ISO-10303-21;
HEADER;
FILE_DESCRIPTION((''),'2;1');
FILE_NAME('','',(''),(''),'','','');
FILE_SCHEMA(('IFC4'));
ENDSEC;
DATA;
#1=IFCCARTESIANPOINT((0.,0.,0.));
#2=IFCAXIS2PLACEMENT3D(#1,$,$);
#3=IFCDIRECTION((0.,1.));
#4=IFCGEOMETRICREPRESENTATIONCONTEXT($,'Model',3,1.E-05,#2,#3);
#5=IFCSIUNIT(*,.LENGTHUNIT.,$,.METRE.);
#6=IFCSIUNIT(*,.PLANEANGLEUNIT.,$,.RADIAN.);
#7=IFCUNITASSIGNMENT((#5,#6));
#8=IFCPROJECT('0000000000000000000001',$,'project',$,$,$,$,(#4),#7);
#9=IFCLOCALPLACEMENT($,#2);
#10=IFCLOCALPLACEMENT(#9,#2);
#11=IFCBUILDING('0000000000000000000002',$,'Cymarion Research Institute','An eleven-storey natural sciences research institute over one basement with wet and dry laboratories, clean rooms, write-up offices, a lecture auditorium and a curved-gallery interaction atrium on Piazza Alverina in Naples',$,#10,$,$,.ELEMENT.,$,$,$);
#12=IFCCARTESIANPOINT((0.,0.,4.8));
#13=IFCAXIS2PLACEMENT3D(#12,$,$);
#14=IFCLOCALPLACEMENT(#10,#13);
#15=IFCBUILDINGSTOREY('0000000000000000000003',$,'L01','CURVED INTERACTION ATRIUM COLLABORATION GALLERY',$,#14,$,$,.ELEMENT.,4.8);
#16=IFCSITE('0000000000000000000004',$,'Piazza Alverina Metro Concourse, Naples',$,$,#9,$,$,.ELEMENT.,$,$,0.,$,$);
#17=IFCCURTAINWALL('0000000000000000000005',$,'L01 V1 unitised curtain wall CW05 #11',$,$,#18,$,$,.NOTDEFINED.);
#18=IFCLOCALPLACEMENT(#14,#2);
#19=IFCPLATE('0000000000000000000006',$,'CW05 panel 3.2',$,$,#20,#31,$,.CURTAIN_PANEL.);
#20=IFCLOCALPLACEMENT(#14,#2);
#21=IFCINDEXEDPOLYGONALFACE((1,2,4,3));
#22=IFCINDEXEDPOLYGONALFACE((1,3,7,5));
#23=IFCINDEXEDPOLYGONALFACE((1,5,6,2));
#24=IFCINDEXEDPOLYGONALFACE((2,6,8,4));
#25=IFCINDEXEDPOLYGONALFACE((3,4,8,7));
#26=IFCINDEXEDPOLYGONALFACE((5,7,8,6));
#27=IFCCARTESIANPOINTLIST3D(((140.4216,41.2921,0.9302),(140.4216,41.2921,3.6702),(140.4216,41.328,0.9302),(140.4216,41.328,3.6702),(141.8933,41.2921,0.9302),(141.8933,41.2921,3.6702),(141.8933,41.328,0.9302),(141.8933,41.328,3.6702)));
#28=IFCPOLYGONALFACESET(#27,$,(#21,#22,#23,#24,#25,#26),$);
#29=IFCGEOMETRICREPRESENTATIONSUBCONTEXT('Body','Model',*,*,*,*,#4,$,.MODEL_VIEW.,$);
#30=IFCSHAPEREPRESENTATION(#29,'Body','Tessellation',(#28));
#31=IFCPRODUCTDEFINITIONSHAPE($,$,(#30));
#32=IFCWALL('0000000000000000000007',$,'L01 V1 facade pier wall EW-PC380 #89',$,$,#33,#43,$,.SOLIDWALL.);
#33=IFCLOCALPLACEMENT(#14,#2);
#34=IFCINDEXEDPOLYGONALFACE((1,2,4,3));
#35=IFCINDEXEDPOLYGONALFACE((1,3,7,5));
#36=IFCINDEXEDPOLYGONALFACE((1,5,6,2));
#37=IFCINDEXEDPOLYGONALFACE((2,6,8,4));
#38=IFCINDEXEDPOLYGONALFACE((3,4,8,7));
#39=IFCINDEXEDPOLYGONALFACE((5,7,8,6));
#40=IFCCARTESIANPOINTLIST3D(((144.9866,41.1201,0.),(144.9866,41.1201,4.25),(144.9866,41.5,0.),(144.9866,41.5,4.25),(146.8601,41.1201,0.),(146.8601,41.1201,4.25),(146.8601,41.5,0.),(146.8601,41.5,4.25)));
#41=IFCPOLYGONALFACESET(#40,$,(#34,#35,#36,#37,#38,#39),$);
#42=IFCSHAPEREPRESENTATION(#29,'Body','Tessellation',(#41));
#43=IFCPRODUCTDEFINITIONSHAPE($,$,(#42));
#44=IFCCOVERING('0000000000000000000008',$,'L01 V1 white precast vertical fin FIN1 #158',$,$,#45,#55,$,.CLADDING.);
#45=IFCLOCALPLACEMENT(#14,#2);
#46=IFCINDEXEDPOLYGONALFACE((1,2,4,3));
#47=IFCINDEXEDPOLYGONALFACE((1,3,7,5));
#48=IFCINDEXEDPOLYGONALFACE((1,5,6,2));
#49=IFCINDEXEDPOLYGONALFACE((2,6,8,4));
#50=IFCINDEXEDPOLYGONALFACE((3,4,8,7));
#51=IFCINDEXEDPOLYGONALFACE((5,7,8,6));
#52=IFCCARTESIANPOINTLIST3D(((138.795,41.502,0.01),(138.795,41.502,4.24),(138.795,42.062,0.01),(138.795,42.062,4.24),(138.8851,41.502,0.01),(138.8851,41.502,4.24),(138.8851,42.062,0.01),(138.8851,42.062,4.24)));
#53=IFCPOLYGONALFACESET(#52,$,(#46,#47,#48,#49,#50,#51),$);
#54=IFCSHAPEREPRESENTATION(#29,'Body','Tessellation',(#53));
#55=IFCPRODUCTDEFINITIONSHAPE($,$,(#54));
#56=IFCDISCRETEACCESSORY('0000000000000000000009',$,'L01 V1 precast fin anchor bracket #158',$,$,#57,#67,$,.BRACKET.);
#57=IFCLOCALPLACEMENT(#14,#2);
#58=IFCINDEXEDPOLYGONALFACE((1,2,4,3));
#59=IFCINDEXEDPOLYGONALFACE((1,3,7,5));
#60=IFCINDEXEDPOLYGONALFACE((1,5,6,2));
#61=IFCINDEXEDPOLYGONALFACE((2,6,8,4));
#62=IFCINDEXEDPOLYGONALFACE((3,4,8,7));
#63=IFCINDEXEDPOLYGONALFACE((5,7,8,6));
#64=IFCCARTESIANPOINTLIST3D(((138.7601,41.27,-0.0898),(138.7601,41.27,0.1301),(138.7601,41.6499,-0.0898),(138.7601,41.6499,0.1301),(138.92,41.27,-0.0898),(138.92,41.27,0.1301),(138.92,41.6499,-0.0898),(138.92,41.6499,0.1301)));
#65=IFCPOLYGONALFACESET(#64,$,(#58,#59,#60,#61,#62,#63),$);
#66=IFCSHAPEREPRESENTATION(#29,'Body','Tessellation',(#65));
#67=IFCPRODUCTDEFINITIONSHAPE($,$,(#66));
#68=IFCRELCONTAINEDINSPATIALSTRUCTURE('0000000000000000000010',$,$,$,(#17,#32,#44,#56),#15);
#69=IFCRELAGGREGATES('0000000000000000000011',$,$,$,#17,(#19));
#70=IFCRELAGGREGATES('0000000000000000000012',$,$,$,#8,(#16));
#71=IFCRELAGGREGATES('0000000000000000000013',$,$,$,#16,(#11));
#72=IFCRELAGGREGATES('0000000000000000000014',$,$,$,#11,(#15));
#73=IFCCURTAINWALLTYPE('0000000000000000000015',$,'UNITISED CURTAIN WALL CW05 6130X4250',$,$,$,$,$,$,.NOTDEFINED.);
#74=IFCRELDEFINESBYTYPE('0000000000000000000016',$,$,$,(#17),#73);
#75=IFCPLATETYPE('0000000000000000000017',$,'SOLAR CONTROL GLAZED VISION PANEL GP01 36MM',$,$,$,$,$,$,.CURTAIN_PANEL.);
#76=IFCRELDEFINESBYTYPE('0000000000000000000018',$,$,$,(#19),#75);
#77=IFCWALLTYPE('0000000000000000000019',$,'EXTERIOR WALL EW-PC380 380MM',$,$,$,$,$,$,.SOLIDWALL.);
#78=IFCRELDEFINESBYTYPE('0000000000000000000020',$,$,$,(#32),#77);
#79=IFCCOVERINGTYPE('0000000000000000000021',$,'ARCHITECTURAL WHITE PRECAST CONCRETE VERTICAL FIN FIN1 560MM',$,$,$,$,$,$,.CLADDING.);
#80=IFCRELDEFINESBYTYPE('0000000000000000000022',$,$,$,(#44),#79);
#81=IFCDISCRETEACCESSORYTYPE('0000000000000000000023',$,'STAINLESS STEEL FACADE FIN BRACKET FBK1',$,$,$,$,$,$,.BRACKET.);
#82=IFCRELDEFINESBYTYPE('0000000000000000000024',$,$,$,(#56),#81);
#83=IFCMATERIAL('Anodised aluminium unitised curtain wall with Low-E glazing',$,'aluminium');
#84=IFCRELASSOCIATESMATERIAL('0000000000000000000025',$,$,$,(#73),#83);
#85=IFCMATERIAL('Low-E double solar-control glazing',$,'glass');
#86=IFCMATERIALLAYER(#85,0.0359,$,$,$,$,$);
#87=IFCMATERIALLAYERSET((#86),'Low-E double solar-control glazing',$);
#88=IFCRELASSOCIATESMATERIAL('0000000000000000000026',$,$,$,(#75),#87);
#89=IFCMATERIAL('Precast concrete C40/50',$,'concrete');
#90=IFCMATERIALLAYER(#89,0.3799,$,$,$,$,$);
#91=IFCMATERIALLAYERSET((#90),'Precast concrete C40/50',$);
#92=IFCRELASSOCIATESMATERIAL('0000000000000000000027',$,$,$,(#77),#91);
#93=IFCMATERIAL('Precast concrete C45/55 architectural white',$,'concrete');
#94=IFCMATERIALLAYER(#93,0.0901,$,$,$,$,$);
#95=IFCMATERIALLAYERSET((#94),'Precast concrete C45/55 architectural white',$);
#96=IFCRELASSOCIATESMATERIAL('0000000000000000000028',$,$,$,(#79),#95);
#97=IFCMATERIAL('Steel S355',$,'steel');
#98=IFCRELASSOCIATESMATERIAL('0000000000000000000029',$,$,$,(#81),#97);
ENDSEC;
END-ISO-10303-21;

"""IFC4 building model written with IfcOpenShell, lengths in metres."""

from ifc_helpers import new_model, si_unit, direction, frame, frame_2d, origin, origin_2d, place, context, subcontext, project, spatial, rectangle, extrude, material, layer, layer_set, type_object, element, aggregate, save


model = new_model("IFC4")

# Units and contexts
model_context = context("Model", 3, precision=1e-05, world=origin(), true_north=direction((0.0, 1.0)))
body_context = subcontext(model_context, "Body", "Model", "MODEL_VIEW")
ifc_project = project(units=[si_unit("LENGTHUNIT", "METRE"), si_unit("PLANEANGLEUNIT", "RADIAN")], contexts=[model_context])

# Site, building, storey
site_placement = place(None, origin())
site = spatial("IfcSite", under=ifc_project, at=site_placement, Name="Piazza Alverina Metro Concourse, Naples", CompositionType="ELEMENT", RefElevation=0.0)
building_placement = place(site_placement, origin())
building = spatial("IfcBuilding", under=site, at=building_placement, Name="Cymarion Research Institute", Description="An eleven-storey natural sciences research institute over one basement with wet and dry laboratories, clean rooms, write-up offices, a lecture auditorium and a curved-gallery interaction atrium on Piazza Alverina in Naples", CompositionType="ELEMENT")
storey_placement = place(building_placement, frame((0.0, 0.0, 4.8)))
storey = spatial("IfcBuildingStorey", under=building, at=storey_placement, Name="L01", Description="CURVED INTERACTION ATRIUM COLLABORATION GALLERY", CompositionType="ELEMENT", Elevation=4.8)

# Shared definitions
ifc_material_1 = material(Name="Steel S355", Category="steel")

# Curtain wall
ifc_material_2 = material(Name="Anodised aluminium unitised curtain wall with Low-E glazing", Category="aluminium")
curtain_wall_type = type_object("IfcCurtainWallType", Name="UNITISED CURTAIN WALL CW05 6130X4250", PredefinedType="NOTDEFINED", material=ifc_material_2)
curtain_wall_placement = place(storey_placement, origin())
curtain_wall = element("IfcCurtainWall", 1, at=curtain_wall_placement, inside=storey, type_object=curtain_wall_type, Name="L01 V1 unitised curtain wall CW05 #11", PredefinedType="NOTDEFINED")

# Plate
ifc_material_3 = material(Name="Low-E double solar-control glazing", Category="glass")
ifc_layer_1 = layer(ifc_material_3, 0.0359)
ifc_layer_set_1 = layer_set([ifc_layer_1], Name="Low-E double solar-control glazing")
plate_type_1 = type_object("IfcPlateType", Name="SOLAR CONTROL GLAZED VISION PANEL GP01 36MM", PredefinedType="CURTAIN_PANEL", material=ifc_layer_set_1)
plate_1_placement = place(storey_placement, frame((141.1575, 41.3101, 0.9302), z_axis=(0.0, 0.0, 1.0), x_axis=(-1.0, 0.0, 0.0)))
plate_1 = element("IfcPlate", 2, at=plate_1_placement, type_object=plate_type_1, Name="CW05 panel 3.2", PredefinedType="CURTAIN_PANEL", context=body_context, shape_type="SweptSolid", body=[
    extrude(rectangle(XDim=1.4717, YDim=0.0359, at=origin_2d()), origin(), (0.0, 0.0, 1.0), 2.74),
])
aggregate(curtain_wall, [plate_1])

# Wall
ifc_material_4 = material(Name="Precast concrete C40/50", Category="concrete")
ifc_layer_2 = layer(ifc_material_4, 0.3799)
ifc_layer_set_2 = layer_set([ifc_layer_2], Name="Precast concrete C40/50")
wall_type = type_object("IfcWallType", Name="EXTERIOR WALL EW-PC380 380MM", PredefinedType="SOLIDWALL", material=ifc_layer_set_2)
wall_placement = place(storey_placement, frame((146.8601, 41.3101, 0.0), z_axis=(0.0, 0.0, 1.0), x_axis=(-1.0, 0.0, 0.0)))
element("IfcWall", 3, at=wall_placement, inside=storey, type_object=wall_type, Name="L01 V1 facade pier wall EW-PC380 #89", PredefinedType="SOLIDWALL", context=body_context, shape_type="SweptSolid", body=[
    extrude(rectangle(XDim=1.8735, YDim=0.3799, at=frame_2d((0.9368, 0.0))), origin(), (0.0, 0.0, 1.0), 4.25),
])

# Covering
ifc_material_5 = material(Name="Precast concrete C45/55 architectural white", Category="concrete")
ifc_layer_3 = layer(ifc_material_5, 0.0901)
ifc_layer_set_3 = layer_set([ifc_layer_3], Name="Precast concrete C45/55 architectural white")
covering_type = type_object("IfcCoveringType", Name="ARCHITECTURAL WHITE PRECAST CONCRETE VERTICAL FIN FIN1 560MM", PredefinedType="CLADDING", material=ifc_layer_set_3)
covering_placement = place(storey_placement, frame((138.8401, 41.782, 0.01), z_axis=(0.0, 0.0, 1.0), x_axis=(0.0, 1.0, 0.0)))
element("IfcCovering", 4, at=covering_placement, inside=storey, type_object=covering_type, Name="L01 V1 white precast vertical fin FIN1 #158", PredefinedType="CLADDING", context=body_context, shape_type="SweptSolid", body=[
    extrude(rectangle(XDim=0.5601, YDim=0.0901, at=origin_2d()), origin(), (0.0, 0.0, 1.0), 4.23),
])

# Discrete accessory
discrete_accessory_type = type_object("IfcDiscreteAccessoryType", Name="STAINLESS STEEL FACADE FIN BRACKET FBK1", PredefinedType="BRACKET", material=ifc_material_1)
discrete_accessory_placement = place(storey_placement, frame((138.8401, 41.46, -0.0898), z_axis=(0.0, 0.0, 1.0), x_axis=(0.0, 1.0, 0.0)))
element("IfcDiscreteAccessory", 5, at=discrete_accessory_placement, inside=storey, type_object=discrete_accessory_type, Name="L01 V1 precast fin anchor bracket #158", PredefinedType="BRACKET", context=body_context, shape_type="SweptSolid", body=[
    extrude(rectangle(XDim=0.3799, YDim=0.1599, at=origin_2d()), origin(), (0.0, 0.0, 1.0), 0.22),
])

save(model, "model.ifc")
